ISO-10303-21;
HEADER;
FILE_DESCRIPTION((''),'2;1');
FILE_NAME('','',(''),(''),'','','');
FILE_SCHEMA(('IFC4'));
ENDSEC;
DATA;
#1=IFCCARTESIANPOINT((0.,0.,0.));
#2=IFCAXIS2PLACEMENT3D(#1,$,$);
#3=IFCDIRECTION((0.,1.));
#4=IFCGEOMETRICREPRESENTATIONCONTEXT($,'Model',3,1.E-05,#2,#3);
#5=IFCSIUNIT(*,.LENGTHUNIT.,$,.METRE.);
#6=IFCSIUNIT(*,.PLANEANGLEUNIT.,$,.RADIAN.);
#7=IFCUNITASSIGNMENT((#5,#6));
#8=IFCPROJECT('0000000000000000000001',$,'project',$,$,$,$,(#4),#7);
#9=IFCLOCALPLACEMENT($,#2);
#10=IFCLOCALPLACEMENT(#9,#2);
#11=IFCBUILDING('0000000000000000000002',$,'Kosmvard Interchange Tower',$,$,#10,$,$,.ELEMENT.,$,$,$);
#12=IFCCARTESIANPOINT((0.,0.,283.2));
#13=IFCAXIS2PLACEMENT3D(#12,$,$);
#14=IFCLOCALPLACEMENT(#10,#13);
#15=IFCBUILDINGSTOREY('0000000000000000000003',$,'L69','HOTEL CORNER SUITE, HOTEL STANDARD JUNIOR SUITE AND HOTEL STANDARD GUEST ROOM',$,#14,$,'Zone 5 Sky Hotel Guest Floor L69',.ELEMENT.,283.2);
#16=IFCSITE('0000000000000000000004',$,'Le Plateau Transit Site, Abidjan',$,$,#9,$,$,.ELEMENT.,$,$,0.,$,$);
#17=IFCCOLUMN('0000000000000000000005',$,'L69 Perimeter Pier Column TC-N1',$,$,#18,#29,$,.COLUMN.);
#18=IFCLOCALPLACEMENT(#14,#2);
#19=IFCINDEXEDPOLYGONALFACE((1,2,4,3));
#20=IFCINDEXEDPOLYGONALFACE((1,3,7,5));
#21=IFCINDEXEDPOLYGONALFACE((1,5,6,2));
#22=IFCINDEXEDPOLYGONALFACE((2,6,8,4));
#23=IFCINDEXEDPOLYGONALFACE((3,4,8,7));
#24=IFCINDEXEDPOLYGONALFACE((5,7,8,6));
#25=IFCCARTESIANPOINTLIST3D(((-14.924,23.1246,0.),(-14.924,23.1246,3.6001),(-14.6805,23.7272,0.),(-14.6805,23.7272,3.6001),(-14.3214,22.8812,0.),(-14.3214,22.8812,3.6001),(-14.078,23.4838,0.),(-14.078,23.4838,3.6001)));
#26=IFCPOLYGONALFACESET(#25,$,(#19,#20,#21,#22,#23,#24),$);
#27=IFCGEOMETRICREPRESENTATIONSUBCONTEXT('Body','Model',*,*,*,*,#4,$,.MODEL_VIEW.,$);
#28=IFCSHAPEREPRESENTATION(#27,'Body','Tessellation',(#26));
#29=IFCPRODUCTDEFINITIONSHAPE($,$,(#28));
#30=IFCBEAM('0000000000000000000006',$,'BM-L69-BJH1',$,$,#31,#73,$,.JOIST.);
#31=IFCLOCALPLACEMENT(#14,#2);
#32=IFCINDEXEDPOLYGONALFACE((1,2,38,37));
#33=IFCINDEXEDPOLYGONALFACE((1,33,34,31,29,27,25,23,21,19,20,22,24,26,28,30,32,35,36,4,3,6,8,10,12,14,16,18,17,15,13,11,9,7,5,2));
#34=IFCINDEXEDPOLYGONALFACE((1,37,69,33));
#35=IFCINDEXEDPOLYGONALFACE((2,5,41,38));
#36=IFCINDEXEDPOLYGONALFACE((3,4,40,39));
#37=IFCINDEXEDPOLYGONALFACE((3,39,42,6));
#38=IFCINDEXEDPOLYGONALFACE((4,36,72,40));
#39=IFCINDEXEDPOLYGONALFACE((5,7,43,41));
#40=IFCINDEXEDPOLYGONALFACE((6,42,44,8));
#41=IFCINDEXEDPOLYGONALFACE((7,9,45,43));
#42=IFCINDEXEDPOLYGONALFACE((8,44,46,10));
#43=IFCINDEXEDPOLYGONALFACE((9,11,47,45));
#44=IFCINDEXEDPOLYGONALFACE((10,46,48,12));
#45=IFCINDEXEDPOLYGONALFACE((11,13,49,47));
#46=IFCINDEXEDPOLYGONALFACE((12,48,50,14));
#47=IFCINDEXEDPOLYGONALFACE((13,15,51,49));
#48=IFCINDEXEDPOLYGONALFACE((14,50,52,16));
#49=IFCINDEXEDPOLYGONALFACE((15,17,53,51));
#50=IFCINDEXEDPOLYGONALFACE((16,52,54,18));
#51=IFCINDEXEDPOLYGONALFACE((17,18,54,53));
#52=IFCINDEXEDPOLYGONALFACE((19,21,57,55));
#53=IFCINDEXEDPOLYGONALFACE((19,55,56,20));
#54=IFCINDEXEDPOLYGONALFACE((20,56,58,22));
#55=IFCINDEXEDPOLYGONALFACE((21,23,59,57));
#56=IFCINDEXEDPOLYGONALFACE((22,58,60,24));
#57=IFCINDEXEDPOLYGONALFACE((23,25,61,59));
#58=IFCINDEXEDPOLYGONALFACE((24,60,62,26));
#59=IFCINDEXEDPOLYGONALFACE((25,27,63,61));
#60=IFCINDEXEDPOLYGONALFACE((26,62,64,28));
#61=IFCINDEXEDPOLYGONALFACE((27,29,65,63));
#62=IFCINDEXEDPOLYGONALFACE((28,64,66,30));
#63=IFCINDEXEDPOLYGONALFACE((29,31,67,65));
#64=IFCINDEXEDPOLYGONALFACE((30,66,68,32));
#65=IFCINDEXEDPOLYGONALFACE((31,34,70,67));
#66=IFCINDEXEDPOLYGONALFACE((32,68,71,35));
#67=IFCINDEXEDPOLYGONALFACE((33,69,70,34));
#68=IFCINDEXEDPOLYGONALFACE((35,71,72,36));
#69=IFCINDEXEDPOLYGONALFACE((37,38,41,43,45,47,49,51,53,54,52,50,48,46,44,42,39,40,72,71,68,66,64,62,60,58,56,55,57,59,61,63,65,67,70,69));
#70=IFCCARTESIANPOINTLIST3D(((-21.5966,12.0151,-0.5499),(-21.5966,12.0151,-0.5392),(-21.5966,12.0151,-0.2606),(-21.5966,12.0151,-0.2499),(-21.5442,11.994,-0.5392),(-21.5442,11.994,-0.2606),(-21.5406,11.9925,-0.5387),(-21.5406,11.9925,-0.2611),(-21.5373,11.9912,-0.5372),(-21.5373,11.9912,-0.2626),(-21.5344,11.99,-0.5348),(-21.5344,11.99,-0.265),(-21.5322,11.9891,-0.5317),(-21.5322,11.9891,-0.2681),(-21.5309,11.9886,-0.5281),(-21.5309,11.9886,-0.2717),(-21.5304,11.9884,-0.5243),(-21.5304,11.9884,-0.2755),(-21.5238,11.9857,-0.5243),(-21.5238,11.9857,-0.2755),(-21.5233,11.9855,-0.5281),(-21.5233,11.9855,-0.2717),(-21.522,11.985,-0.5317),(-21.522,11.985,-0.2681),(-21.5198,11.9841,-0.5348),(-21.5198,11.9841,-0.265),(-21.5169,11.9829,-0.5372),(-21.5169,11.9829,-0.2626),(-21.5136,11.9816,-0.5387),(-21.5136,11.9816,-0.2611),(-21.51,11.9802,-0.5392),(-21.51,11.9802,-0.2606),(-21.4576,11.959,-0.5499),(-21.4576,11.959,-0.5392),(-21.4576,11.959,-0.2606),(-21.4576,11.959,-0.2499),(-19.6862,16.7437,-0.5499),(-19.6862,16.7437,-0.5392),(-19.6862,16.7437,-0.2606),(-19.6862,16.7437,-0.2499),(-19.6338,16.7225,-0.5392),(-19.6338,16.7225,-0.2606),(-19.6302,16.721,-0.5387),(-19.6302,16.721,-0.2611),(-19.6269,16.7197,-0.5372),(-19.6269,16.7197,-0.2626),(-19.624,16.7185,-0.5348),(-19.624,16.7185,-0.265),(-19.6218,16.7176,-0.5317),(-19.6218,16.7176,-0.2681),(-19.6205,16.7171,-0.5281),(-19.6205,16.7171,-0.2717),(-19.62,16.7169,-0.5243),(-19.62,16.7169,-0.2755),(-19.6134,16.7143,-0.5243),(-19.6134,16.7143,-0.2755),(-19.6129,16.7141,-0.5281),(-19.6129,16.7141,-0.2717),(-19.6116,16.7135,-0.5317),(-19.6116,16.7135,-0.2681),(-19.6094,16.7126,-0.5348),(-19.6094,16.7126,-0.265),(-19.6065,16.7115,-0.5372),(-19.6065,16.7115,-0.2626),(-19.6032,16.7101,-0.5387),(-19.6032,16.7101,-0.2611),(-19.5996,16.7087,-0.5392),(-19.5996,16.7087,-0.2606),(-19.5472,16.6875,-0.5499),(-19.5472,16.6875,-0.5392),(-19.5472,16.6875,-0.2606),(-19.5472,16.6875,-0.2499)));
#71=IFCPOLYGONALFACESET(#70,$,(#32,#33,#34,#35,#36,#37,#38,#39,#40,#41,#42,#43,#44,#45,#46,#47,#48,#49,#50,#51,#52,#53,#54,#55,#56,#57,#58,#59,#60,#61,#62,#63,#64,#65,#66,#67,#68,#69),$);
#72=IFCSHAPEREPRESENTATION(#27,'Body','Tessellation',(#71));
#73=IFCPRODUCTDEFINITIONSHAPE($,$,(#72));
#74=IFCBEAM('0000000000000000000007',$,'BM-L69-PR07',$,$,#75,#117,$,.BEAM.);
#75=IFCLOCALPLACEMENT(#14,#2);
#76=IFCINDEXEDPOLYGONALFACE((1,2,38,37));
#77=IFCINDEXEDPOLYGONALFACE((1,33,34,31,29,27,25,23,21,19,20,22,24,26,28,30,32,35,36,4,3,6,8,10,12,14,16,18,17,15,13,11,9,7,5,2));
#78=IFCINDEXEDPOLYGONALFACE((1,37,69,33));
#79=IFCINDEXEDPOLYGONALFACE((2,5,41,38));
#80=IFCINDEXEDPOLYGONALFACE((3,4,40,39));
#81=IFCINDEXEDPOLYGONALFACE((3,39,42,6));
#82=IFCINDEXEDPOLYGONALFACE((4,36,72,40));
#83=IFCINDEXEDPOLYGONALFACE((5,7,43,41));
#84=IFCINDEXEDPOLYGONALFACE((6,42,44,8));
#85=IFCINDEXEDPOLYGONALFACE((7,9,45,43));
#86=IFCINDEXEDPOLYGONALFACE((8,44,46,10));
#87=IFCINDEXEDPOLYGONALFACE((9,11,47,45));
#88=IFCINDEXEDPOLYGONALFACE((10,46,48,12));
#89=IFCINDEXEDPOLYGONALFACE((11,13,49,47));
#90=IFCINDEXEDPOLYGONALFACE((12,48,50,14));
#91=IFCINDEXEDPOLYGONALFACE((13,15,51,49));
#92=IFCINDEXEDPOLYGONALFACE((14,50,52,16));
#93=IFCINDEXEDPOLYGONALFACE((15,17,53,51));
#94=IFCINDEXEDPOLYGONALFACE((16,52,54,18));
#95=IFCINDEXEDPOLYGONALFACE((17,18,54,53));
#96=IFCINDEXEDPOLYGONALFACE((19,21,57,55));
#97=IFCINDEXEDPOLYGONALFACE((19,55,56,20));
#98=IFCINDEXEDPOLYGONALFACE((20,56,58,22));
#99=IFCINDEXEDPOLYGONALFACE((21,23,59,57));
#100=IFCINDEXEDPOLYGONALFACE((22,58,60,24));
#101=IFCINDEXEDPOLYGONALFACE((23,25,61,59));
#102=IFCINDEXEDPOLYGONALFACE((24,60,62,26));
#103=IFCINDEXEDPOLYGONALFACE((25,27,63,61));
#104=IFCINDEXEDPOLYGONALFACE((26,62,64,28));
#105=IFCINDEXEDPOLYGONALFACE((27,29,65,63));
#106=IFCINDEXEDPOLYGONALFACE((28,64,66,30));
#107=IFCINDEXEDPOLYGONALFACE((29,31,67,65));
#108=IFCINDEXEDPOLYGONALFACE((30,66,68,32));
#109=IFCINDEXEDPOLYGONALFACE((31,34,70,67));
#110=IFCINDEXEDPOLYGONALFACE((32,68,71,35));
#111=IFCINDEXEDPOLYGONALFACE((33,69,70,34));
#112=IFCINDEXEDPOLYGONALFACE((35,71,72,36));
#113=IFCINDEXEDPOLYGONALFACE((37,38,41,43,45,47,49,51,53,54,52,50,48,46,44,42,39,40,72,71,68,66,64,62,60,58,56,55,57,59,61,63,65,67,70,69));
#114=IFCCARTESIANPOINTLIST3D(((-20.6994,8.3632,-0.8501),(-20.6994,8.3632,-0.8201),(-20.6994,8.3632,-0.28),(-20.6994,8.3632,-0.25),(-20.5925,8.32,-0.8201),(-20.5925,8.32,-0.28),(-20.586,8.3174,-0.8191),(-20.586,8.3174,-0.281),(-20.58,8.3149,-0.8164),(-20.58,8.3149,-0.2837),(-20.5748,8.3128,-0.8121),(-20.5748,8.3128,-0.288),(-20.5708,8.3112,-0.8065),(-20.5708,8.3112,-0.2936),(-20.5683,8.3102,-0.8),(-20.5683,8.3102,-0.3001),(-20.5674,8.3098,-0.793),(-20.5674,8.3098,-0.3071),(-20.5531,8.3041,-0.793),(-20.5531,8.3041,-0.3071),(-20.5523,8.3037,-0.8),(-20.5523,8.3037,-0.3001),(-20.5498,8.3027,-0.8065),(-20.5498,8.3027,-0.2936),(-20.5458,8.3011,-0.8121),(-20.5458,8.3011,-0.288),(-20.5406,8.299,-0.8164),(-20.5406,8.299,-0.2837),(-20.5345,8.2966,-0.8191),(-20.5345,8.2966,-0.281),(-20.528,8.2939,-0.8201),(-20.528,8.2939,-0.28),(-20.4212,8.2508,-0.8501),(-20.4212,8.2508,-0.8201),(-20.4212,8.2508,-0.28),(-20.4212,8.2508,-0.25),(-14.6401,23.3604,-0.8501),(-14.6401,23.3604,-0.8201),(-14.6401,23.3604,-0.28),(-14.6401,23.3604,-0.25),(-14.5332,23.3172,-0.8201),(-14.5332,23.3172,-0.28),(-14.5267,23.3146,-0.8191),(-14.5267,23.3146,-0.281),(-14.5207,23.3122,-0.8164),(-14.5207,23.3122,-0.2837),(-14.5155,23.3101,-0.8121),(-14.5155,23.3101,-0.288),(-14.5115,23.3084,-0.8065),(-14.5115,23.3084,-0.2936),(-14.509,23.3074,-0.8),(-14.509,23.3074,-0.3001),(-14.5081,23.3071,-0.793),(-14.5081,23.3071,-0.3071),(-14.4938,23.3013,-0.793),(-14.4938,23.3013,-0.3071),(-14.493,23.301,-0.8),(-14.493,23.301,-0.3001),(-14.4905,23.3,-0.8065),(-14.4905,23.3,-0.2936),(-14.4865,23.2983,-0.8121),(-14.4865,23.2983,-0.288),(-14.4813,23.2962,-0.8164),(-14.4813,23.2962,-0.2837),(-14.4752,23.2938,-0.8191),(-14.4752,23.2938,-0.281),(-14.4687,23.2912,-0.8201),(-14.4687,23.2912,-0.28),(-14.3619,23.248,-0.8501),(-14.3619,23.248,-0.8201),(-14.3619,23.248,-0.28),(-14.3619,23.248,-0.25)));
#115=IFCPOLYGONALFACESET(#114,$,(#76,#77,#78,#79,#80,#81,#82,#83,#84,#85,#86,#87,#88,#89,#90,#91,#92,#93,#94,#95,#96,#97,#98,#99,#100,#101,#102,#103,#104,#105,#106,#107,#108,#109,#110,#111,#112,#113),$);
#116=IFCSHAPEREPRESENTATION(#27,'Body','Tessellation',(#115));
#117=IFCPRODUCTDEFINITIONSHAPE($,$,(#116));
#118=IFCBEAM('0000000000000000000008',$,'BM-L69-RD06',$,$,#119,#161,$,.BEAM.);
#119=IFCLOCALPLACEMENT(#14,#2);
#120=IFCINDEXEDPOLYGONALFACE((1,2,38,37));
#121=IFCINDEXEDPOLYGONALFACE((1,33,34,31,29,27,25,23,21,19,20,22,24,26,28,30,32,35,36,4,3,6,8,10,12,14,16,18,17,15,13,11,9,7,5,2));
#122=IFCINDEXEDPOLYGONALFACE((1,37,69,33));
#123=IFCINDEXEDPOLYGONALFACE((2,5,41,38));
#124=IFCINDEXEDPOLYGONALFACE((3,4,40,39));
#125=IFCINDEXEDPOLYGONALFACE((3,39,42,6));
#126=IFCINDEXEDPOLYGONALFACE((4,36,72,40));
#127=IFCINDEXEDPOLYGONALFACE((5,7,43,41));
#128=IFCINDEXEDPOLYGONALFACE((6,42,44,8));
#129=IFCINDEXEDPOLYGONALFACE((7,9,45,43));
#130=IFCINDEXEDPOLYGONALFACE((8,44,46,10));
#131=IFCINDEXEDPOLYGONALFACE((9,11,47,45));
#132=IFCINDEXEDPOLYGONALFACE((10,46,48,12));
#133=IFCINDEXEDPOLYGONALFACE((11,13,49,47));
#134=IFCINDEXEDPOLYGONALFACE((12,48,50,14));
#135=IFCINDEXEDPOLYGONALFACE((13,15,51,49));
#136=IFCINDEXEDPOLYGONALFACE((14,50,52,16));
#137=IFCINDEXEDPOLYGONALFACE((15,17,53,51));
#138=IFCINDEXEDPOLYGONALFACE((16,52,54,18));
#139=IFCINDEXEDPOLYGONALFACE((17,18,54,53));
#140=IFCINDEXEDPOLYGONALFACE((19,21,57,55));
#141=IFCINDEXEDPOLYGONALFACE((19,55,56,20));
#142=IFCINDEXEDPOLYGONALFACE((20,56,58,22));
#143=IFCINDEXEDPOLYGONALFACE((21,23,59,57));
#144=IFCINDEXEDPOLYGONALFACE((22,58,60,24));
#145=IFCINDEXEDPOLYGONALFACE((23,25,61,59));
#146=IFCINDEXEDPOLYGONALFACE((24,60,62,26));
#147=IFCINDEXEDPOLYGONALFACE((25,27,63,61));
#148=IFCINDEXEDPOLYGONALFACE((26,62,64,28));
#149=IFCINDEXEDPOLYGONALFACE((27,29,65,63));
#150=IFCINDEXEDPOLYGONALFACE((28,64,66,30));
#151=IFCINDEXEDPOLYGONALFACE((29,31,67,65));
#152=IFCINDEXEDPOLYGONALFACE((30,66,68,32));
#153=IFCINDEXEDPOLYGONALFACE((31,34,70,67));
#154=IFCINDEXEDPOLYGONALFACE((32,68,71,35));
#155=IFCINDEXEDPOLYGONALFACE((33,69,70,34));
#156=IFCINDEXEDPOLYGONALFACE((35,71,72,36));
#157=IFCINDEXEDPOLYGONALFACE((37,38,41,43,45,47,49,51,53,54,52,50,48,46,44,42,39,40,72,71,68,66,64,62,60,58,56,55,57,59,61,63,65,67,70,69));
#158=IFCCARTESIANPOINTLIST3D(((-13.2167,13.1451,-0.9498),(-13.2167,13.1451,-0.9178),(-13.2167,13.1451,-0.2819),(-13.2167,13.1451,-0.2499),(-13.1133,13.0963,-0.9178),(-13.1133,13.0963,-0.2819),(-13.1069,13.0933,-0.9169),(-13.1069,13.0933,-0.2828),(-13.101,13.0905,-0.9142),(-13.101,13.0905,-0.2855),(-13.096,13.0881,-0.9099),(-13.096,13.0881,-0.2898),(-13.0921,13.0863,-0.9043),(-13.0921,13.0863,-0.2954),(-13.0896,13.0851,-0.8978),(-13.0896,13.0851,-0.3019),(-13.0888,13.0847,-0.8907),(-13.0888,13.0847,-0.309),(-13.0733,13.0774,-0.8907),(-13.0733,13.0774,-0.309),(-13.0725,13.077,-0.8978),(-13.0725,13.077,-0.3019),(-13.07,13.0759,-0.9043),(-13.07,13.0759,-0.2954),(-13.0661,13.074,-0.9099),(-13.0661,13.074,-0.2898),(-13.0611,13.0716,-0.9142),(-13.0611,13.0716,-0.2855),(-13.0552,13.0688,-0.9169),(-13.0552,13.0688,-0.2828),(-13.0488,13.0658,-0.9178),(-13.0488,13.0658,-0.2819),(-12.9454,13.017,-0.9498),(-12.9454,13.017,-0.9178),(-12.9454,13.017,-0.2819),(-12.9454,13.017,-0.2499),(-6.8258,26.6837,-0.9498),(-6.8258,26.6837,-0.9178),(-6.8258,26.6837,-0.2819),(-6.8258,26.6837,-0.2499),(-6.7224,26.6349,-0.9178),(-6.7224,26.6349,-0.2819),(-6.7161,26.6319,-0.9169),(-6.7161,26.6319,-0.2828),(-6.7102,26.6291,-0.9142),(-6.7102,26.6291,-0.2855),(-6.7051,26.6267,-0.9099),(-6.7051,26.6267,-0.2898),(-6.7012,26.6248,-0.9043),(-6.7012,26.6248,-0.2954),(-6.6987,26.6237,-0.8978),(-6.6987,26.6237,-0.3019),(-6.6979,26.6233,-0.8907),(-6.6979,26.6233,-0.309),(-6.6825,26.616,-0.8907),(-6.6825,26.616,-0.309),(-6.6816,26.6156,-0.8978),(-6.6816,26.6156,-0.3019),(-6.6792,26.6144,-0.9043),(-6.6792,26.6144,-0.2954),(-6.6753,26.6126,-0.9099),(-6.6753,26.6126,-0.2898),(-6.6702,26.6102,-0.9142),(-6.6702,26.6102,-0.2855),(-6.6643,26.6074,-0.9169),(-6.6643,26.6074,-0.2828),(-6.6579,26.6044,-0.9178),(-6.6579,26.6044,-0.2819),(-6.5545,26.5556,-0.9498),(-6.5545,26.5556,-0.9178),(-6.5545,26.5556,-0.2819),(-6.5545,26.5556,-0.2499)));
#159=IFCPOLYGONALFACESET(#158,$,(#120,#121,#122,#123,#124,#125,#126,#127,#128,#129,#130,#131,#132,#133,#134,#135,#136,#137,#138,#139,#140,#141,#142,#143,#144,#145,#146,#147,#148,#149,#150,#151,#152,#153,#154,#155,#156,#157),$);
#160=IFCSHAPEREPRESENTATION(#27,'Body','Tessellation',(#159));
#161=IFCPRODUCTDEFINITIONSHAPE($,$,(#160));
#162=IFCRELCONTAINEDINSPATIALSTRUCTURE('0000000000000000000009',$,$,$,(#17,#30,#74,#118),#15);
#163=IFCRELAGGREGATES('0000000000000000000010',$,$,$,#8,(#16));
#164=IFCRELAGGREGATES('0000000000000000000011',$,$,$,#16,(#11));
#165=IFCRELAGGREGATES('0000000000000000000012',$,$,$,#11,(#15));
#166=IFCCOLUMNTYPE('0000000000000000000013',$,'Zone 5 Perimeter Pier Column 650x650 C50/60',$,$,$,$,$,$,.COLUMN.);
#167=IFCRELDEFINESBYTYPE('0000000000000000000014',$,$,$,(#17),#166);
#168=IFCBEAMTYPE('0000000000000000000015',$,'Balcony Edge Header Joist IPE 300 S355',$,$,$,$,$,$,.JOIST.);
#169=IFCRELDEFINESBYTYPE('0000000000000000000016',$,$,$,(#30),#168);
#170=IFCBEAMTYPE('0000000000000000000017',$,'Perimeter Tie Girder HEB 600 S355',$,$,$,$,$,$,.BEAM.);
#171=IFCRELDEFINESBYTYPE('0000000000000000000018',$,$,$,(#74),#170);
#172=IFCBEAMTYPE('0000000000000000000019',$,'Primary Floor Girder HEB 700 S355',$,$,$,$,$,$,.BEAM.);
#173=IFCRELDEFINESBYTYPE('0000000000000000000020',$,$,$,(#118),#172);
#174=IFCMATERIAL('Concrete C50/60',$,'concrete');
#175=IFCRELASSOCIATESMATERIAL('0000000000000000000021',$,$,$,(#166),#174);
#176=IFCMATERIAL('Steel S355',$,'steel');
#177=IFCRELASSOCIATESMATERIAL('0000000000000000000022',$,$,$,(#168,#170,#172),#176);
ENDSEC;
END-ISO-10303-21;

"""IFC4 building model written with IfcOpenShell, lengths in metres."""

from ifc_helpers import new_model, si_unit, direction, frame, origin, origin_2d, place, context, subcontext, project, spatial, rectangle, i_section, extrude, source, transform, mapped, material, material_profile, profile_set, type_object, element, save


model = new_model("IFC4")

# Units and contexts
model_context = context("Model", 3, precision=1e-05, world=origin(), true_north=direction((0.0, 1.0)))
body_context = subcontext(model_context, "Body", "Model", "MODEL_VIEW")
ifc_project = project(units=[si_unit("LENGTHUNIT", "METRE"), si_unit("PLANEANGLEUNIT", "RADIAN")], contexts=[model_context])

# Site, building, storey
site_placement = place(None, origin())
site = spatial("IfcSite", under=ifc_project, at=site_placement, Name="Le Plateau Transit Site, Abidjan", CompositionType="ELEMENT", RefElevation=0.0)
building_placement = place(site_placement, origin())
building = spatial("IfcBuilding", under=site, at=building_placement, Name="Kosmvard Interchange Tower", CompositionType="ELEMENT")
storey_placement = place(building_placement, frame((0.0, 0.0, 283.2)))
storey = spatial("IfcBuildingStorey", under=building, at=storey_placement, Name="L69", Description="HOTEL CORNER SUITE, HOTEL STANDARD JUNIOR SUITE AND HOTEL STANDARD GUEST ROOM", LongName="Zone 5 Sky Hotel Guest Floor L69", CompositionType="ELEMENT", Elevation=283.2)

# Column
ifc_material_1 = material(Name="Concrete C50/60", Category="concrete")
ifc_material_profile_1 = material_profile(ifc_material_1, rectangle(XDim=0.6499, YDim=0.6499, at=origin_2d()), Name="TC 650x650")
ifc_profile_set_1 = profile_set([ifc_material_profile_1], Name="Concrete C50/60")
column_type = type_object("IfcColumnType", Name="Zone 5 Perimeter Pier Column 650x650 C50/60", PredefinedType="COLUMN", material=ifc_profile_set_1)
shared_shape_1 = source(origin(), body_context, "Body", "SweptSolid", [
    extrude(rectangle(XDim=0.6499, YDim=0.6499, at=origin_2d()), origin(), (0.0, 0.0, 1.0), 3.6001),
])
column_placement = place(storey_placement, frame((-14.501, 23.3042, 0.0), z_axis=(0.0, 0.0, 1.0), x_axis=(0.374607, 0.927184, 0.0)))
element("IfcColumn", 1, at=column_placement, inside=storey, type_object=column_type, Name="L69 Perimeter Pier Column TC-N1", PredefinedType="COLUMN", context=body_context, shape_type="MappedRepresentation", body=[
    mapped(shared_shape_1, transform((0.0, 0.0, 0.0), scale=1.0)),
])

# Beams
ifc_material_2 = material(Name="Steel S355", Category="steel")
ifc_material_profile_2 = material_profile(ifc_material_2, i_section(OverallWidth=0.1499, OverallDepth=0.3, WebThickness=0.0071, FlangeThickness=0.0107, FilletRadius=0.0149, at=origin_2d()), Name="IPE 300")
ifc_profile_set_2 = profile_set([ifc_material_profile_2], Name="Steel S355")
beam_type_1 = type_object("IfcBeamType", Name="Balcony Edge Header Joist IPE 300 S355", PredefinedType="JOIST", material=ifc_profile_set_2)
shared_shape_2 = source(origin(), body_context, "Body", "SweptSolid", [
    extrude(i_section(OverallWidth=0.1499, OverallDepth=0.3, WebThickness=0.0071, FlangeThickness=0.0107, FilletRadius=0.0149, at=origin_2d()), origin(), (0.0, 0.0, 1.0), 5.0999),
])
beam_1_placement = place(storey_placement, frame((-19.6167, 16.7156, -0.3999), z_axis=(-0.374599, -0.927187, 0.0), x_axis=(0.927187, -0.374599, 0.0)))
element("IfcBeam", 2, at=beam_1_placement, inside=storey, type_object=beam_type_1, Name="BM-L69-BJH1", PredefinedType="JOIST", context=body_context, shape_type="MappedRepresentation", body=[
    mapped(shared_shape_2, transform((0.0, 0.0, 0.0), scale=1.0)),
])
ifc_material_profile_3 = material_profile(ifc_material_2, i_section(OverallWidth=0.3, OverallDepth=0.6001, WebThickness=0.0154, FlangeThickness=0.03, FilletRadius=0.0271, at=origin_2d()), Name="HEB 600")
ifc_profile_set_3 = profile_set([ifc_material_profile_3], Name="Steel S355")
beam_type_2 = type_object("IfcBeamType", Name="Perimeter Tie Girder HEB 600 S355", PredefinedType="BEAM", material=ifc_profile_set_3)
shared_shape_3 = source(origin(), body_context, "Body", "SweptSolid", [
    extrude(i_section(OverallWidth=0.3, OverallDepth=0.6001, WebThickness=0.0154, FlangeThickness=0.03, FilletRadius=0.0271, at=origin_2d()), origin(), (0.0, 0.0, 1.0), 16.175),
])
beam_2_placement = place(storey_placement, frame((-14.501, 23.3042, -0.55), z_axis=(-0.374608, -0.927183, 0.0), x_axis=(0.927183, -0.374608, 0.0)))
element("IfcBeam", 3, at=beam_2_placement, inside=storey, type_object=beam_type_2, Name="BM-L69-PR07", PredefinedType="BEAM", context=body_context, shape_type="MappedRepresentation", body=[
    mapped(shared_shape_3, transform((0.0, 0.0, 0.0), scale=1.0)),
])
ifc_material_profile_4 = material_profile(ifc_material_2, i_section(OverallWidth=0.3, OverallDepth=0.7, WebThickness=0.0171, FlangeThickness=0.032, FilletRadius=0.0271, at=origin_2d()), Name="HEB 700")
ifc_profile_set_4 = profile_set([ifc_material_profile_4], Name="Steel S355")
beam_type_3 = type_object("IfcBeamType", Name="Primary Floor Girder HEB 700 S355", PredefinedType="BEAM", material=ifc_profile_set_4)
shared_shape_4 = source(origin(), body_context, "Body", "SweptSolid", [
    extrude(i_section(OverallWidth=0.3, OverallDepth=0.7, WebThickness=0.0171, FlangeThickness=0.032, FilletRadius=0.0271, at=origin_2d()), origin(), (0.0, 0.0, 1.0), 14.9712),
])
beam_3_placement = place(storey_placement, frame((-13.0811, 13.0811, -0.5999), z_axis=(0.426878, 0.904309, 0.0), x_axis=(-0.904309, 0.426878, 0.0)))
element("IfcBeam", 4, at=beam_3_placement, inside=storey, type_object=beam_type_3, Name="BM-L69-RD06", PredefinedType="BEAM", context=body_context, shape_type="MappedRepresentation", body=[
    mapped(shared_shape_4, transform((0.0, 0.0, 0.0), scale=1.0)),
])

save(model, "model.ifc")
